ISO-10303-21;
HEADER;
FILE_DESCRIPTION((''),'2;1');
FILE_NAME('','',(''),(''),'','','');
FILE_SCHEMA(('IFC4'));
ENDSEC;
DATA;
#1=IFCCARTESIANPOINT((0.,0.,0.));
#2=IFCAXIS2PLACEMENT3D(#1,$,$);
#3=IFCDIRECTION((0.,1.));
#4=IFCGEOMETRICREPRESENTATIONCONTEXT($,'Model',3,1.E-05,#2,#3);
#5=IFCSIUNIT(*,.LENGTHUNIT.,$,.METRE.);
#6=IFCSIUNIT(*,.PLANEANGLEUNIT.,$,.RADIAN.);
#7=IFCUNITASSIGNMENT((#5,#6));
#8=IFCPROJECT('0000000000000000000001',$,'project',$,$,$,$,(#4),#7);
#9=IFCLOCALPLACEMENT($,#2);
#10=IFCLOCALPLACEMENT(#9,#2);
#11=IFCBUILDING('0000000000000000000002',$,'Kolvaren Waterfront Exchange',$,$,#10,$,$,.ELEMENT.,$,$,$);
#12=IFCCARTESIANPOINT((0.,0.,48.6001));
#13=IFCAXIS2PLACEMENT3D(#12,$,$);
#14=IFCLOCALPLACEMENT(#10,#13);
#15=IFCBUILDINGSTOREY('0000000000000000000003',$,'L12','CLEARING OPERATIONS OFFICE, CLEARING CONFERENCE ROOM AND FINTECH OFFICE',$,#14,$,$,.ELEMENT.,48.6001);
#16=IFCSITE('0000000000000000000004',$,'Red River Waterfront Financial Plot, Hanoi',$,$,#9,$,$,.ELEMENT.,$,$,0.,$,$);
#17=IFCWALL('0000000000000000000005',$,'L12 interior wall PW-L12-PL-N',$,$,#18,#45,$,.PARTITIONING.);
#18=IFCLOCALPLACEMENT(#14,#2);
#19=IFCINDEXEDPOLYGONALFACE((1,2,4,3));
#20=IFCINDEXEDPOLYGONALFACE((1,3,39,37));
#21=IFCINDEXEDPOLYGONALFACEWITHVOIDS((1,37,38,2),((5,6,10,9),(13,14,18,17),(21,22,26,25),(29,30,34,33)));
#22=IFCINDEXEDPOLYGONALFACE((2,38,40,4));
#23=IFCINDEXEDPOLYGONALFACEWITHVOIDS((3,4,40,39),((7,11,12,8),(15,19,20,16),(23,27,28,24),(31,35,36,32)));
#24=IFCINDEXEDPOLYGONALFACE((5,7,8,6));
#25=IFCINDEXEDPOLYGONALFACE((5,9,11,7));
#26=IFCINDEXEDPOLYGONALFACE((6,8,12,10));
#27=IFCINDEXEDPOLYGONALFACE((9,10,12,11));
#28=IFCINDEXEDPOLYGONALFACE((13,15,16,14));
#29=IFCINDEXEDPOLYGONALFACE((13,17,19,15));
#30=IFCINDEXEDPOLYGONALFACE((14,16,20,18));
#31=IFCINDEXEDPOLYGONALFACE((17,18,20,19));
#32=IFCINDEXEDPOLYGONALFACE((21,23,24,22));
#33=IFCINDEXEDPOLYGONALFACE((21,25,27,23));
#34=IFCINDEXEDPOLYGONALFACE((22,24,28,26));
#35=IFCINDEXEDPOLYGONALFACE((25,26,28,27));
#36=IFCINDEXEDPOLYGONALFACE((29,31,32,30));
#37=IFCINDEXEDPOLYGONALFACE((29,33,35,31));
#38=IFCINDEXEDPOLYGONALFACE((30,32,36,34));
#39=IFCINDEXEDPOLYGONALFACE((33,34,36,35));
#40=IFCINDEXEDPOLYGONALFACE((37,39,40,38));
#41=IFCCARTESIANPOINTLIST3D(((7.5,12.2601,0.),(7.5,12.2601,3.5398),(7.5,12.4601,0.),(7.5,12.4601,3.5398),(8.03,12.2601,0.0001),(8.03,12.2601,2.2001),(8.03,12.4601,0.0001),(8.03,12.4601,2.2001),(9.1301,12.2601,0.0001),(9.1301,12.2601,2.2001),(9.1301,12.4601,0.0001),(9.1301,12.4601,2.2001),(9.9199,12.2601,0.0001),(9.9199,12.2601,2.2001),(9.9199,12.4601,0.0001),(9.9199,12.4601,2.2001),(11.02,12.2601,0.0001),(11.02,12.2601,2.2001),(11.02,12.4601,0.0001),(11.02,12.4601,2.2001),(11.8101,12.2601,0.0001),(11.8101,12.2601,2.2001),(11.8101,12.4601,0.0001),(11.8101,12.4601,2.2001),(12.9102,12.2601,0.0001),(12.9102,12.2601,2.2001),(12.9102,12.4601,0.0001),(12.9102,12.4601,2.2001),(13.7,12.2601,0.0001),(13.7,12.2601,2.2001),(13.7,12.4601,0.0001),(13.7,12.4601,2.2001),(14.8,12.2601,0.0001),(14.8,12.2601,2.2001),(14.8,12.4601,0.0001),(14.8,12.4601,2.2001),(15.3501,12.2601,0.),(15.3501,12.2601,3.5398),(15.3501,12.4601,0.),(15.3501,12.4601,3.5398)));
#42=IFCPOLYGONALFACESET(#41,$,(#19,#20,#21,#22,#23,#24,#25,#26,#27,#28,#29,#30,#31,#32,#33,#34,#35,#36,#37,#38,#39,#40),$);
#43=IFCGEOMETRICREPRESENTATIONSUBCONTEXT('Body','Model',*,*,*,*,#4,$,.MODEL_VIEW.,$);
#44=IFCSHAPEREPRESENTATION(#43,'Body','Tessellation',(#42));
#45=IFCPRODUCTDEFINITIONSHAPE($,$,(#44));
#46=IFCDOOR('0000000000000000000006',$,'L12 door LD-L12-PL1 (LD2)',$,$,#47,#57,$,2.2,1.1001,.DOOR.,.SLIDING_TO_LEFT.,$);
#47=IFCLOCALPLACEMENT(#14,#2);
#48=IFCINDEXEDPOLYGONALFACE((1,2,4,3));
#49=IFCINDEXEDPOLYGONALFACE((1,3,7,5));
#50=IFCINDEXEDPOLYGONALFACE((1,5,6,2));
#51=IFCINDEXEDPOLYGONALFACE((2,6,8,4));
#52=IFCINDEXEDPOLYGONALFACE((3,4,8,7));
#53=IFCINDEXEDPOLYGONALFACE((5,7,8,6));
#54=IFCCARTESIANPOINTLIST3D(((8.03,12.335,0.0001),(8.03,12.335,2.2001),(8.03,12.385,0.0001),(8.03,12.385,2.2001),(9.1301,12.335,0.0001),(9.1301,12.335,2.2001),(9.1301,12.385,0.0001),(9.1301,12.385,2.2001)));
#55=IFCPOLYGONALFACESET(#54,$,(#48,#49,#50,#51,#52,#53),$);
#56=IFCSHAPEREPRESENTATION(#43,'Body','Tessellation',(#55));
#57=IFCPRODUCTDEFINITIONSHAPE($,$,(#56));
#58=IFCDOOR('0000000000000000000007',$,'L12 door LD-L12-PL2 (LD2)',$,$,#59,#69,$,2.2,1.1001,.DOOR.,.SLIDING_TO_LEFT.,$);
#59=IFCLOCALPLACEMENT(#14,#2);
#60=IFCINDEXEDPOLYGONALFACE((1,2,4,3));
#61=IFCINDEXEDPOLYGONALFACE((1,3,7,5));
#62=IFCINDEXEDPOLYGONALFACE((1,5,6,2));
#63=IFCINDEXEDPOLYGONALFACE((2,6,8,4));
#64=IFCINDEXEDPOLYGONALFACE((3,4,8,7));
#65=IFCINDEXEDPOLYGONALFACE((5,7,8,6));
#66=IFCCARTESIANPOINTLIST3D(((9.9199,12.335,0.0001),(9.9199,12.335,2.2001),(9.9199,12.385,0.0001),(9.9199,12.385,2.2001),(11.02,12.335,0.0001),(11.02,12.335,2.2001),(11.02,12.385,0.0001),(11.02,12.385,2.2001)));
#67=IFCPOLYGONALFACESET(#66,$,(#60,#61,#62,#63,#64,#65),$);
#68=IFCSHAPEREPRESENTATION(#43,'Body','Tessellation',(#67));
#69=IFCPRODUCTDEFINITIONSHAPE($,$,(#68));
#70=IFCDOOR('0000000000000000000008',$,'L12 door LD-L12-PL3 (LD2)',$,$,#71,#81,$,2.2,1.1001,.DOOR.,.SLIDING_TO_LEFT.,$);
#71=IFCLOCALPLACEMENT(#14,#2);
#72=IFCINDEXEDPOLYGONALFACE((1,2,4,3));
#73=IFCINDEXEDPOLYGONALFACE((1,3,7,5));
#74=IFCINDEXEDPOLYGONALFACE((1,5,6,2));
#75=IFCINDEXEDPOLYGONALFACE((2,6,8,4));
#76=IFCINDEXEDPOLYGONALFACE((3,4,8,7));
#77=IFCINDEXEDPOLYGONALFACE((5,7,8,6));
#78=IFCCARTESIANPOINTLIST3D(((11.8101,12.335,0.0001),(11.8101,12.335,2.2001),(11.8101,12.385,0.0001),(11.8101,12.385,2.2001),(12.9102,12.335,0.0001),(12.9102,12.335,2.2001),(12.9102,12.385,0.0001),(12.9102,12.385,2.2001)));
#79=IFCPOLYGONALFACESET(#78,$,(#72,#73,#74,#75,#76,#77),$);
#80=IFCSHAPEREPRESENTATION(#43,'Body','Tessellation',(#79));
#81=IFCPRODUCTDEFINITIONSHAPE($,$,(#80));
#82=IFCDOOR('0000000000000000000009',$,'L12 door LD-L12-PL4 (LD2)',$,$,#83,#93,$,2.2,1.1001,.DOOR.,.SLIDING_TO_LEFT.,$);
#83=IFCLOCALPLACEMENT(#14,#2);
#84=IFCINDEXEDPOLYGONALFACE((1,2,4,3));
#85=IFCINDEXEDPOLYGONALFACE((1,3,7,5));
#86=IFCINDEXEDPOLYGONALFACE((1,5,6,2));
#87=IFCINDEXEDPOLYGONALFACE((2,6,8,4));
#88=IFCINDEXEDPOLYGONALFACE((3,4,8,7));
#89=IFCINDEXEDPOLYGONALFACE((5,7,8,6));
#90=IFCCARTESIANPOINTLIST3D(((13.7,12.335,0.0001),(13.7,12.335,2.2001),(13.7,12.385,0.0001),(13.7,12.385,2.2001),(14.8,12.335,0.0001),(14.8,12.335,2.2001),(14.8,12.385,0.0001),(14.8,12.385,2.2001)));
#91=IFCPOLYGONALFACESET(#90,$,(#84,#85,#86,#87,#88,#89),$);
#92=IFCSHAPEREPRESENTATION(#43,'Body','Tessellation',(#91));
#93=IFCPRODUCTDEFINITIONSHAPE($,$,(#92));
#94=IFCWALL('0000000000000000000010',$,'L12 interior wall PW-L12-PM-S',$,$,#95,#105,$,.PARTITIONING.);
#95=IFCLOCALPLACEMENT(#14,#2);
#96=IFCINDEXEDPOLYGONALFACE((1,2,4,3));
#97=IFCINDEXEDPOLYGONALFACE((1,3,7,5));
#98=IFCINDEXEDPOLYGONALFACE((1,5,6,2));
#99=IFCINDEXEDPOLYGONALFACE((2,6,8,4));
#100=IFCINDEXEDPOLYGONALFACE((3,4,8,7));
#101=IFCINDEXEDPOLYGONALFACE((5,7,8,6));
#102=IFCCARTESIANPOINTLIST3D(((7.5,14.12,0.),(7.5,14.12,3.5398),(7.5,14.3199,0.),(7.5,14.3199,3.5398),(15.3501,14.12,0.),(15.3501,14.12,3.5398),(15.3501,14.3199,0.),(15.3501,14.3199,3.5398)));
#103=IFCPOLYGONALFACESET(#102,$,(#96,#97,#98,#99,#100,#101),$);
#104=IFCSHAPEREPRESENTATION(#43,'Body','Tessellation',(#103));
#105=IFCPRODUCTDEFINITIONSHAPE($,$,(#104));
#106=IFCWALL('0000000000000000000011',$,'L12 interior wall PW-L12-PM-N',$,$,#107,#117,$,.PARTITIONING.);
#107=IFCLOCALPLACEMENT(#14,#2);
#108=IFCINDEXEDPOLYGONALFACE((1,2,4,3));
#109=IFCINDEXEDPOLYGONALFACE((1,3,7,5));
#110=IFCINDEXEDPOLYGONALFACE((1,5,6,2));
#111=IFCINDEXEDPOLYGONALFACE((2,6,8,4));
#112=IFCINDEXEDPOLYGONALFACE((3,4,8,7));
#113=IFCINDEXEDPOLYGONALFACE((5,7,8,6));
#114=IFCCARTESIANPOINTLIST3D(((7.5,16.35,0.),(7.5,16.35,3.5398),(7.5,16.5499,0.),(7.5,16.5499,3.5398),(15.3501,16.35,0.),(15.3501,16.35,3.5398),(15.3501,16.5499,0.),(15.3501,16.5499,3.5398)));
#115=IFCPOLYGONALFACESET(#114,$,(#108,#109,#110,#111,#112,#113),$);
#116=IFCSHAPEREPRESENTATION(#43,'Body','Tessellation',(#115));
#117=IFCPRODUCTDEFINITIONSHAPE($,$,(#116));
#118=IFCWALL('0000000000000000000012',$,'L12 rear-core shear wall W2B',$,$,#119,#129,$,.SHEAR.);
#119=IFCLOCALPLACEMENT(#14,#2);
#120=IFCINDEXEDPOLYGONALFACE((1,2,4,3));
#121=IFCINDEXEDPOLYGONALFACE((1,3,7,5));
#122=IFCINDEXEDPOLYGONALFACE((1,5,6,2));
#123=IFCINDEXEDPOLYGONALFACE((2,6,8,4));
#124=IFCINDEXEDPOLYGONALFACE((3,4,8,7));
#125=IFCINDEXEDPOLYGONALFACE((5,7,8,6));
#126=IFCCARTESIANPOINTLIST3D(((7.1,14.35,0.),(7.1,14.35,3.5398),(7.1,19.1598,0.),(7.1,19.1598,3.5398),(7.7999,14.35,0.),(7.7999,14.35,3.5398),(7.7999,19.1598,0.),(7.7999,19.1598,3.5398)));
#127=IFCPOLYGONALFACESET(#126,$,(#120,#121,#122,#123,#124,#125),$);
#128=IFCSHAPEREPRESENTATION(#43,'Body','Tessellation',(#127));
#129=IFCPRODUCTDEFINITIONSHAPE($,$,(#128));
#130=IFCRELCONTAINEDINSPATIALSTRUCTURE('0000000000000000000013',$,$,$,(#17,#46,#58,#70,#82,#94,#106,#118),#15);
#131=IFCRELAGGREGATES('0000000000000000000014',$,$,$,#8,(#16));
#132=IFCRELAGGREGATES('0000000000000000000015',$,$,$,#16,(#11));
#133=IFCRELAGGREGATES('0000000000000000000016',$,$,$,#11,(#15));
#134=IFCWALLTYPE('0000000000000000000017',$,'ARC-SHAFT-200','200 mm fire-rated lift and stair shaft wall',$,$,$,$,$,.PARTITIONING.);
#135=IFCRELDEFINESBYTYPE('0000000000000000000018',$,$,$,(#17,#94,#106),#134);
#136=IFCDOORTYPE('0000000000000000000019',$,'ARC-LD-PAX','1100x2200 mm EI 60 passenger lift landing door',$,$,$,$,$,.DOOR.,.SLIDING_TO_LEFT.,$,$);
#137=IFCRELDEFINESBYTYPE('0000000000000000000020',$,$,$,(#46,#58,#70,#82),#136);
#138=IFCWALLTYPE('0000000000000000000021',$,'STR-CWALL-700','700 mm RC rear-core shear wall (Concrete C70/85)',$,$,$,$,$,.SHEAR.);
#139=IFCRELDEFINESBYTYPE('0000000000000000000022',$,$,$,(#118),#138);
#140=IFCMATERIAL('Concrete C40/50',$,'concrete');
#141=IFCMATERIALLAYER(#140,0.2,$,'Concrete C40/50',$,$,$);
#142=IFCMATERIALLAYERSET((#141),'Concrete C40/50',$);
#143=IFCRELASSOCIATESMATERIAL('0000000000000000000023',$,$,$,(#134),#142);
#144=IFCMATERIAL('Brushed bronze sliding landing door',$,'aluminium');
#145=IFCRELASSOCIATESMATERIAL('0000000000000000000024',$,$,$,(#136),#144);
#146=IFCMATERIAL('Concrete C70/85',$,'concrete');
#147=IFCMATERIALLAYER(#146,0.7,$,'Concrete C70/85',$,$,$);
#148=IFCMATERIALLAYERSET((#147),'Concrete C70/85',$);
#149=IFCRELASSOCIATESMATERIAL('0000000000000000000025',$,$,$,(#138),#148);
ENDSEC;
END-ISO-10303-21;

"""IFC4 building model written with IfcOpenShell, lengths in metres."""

from ifc_helpers import new_model, si_unit, direction, frame, frame_2d, origin, place, context, subcontext, project, spatial, rectangle, extrude, material, layer, layer_set, type_object, element, fill, save


model = new_model("IFC4")

# Units and contexts
model_context = context("Model", 3, precision=1e-05, world=origin(), true_north=direction((0.0, 1.0)))
body_context = subcontext(model_context, "Body", "Model", "MODEL_VIEW")
ifc_project = project(units=[si_unit("LENGTHUNIT", "METRE"), si_unit("PLANEANGLEUNIT", "RADIAN")], contexts=[model_context])

# Site, building, storey
site_placement = place(None, origin())
site = spatial("IfcSite", under=ifc_project, at=site_placement, Name="Red River Waterfront Financial Plot, Hanoi", CompositionType="ELEMENT", RefElevation=0.0)
building_placement = place(site_placement, origin())
building = spatial("IfcBuilding", under=site, at=building_placement, Name="Kolvaren Waterfront Exchange", CompositionType="ELEMENT")
storey_placement = place(building_placement, frame((0.0, 0.0, 48.6001)))
storey = spatial("IfcBuildingStorey", under=building, at=storey_placement, Name="L12", Description="CLEARING OPERATIONS OFFICE, CLEARING CONFERENCE ROOM AND FINTECH OFFICE", CompositionType="ELEMENT", Elevation=48.6001)

# Wall, openings, doors
ifc_material_1 = material(Name="Concrete C40/50", Category="concrete")
ifc_layer_1 = layer(ifc_material_1, 0.2, Name="Concrete C40/50")
ifc_layer_set_1 = layer_set([ifc_layer_1], Name="Concrete C40/50")
wall_type_1 = type_object("IfcWallType", Name="ARC-SHAFT-200", Description="200 mm fire-rated lift and stair shaft wall", PredefinedType="PARTITIONING", material=ifc_layer_set_1)
wall_1_placement = place(storey_placement, frame((7.5, 12.3601, 0.0), z_axis=(0.0, 0.0, 1.0), x_axis=(1.0, 0.0, 0.0)))
wall_1 = element("IfcWall", 1, at=wall_1_placement, inside=storey, type_object=wall_type_1, Name="L12 interior wall PW-L12-PL-N", PredefinedType="PARTITIONING", context=body_context, shape_type="SweptSolid", body=[
    extrude(rectangle(XDim=7.8501, YDim=0.2, at=frame_2d((3.925, 0.0))), origin(), (0.0, 0.0, 1.0), 3.5398),
])
opening_1_placement = place(wall_1_placement, frame((0.53, 0.0, 0.0)))
opening_1 = element("IfcOpeningElement", 2, at=opening_1_placement, cuts=wall_1, PredefinedType="OPENING", context=body_context, shape_type="SweptSolid", body=[
    extrude(rectangle(XDim=1.1001, YDim=2.2, at=frame_2d((0.55, 1.1001))), frame((0.0, 0.1099, 0.0), z_axis=(0.0, -1.0, 0.0), x_axis=(1.0, 0.0, 0.0)), (0.0, 0.0, 1.0), 0.22),
])
opening_2_placement = place(wall_1_placement, frame((2.4199, 0.0, 0.0)))
opening_2 = element("IfcOpeningElement", 3, at=opening_2_placement, cuts=wall_1, PredefinedType="OPENING", context=body_context, shape_type="SweptSolid", body=[
    extrude(rectangle(XDim=1.1001, YDim=2.2, at=frame_2d((0.55, 1.1001))), frame((0.0, 0.1099, 0.0), z_axis=(0.0, -1.0, 0.0), x_axis=(1.0, 0.0, 0.0)), (0.0, 0.0, 1.0), 0.22),
])
opening_3_placement = place(wall_1_placement, frame((4.3101, 0.0, 0.0)))
opening_3 = element("IfcOpeningElement", 4, at=opening_3_placement, cuts=wall_1, PredefinedType="OPENING", context=body_context, shape_type="SweptSolid", body=[
    extrude(rectangle(XDim=1.1001, YDim=2.2, at=frame_2d((0.55, 1.1001))), frame((0.0, 0.1099, 0.0), z_axis=(0.0, -1.0, 0.0), x_axis=(1.0, 0.0, 0.0)), (0.0, 0.0, 1.0), 0.22),
])
opening_4_placement = place(wall_1_placement, frame((6.2, 0.0, 0.0)))
opening_4 = element("IfcOpeningElement", 5, at=opening_4_placement, cuts=wall_1, PredefinedType="OPENING", context=body_context, shape_type="SweptSolid", body=[
    extrude(rectangle(XDim=1.1001, YDim=2.2, at=frame_2d((0.55, 1.1001))), frame((0.0, 0.1099, 0.0), z_axis=(0.0, -1.0, 0.0), x_axis=(1.0, 0.0, 0.0)), (0.0, 0.0, 1.0), 0.22),
])
ifc_material_2 = material(Name="Brushed bronze sliding landing door", Category="aluminium")
door_type = type_object("IfcDoorType", Name="ARC-LD-PAX", Description="1100x2200 mm EI 60 passenger lift landing door", OperationType="SLIDING_TO_LEFT", PredefinedType="DOOR", material=ifc_material_2)
door_1_placement = place(opening_1_placement, origin())
door_1 = element("IfcDoor", 6, at=door_1_placement, inside=storey, type_object=door_type, Name="L12 door LD-L12-PL1 (LD2)", OperationType="SLIDING_TO_LEFT", OverallHeight=2.2, OverallWidth=1.1001, PredefinedType="DOOR", context=body_context, shape_type="SweptSolid", body=[
    extrude(rectangle(XDim=1.1001, YDim=2.2, at=frame_2d((0.55, 1.1001))), frame((0.0, 0.0249, 0.0), z_axis=(0.0, -1.0, 0.0), x_axis=(1.0, 0.0, 0.0)), (0.0, 0.0, 1.0), 0.05),
])
fill(opening_1, door_1)
door_2_placement = place(opening_2_placement, origin())
door_2 = element("IfcDoor", 7, at=door_2_placement, inside=storey, type_object=door_type, Name="L12 door LD-L12-PL2 (LD2)", OperationType="SLIDING_TO_LEFT", OverallHeight=2.2, OverallWidth=1.1001, PredefinedType="DOOR", context=body_context, shape_type="SweptSolid", body=[
    extrude(rectangle(XDim=1.1001, YDim=2.2, at=frame_2d((0.55, 1.1001))), frame((0.0, 0.0249, 0.0), z_axis=(0.0, -1.0, 0.0), x_axis=(1.0, 0.0, 0.0)), (0.0, 0.0, 1.0), 0.05),
])
fill(opening_2, door_2)
door_3_placement = place(opening_3_placement, origin())
door_3 = element("IfcDoor", 8, at=door_3_placement, inside=storey, type_object=door_type, Name="L12 door LD-L12-PL3 (LD2)", OperationType="SLIDING_TO_LEFT", OverallHeight=2.2, OverallWidth=1.1001, PredefinedType="DOOR", context=body_context, shape_type="SweptSolid", body=[
    extrude(rectangle(XDim=1.1001, YDim=2.2, at=frame_2d((0.55, 1.1001))), frame((0.0, 0.0249, 0.0), z_axis=(0.0, -1.0, 0.0), x_axis=(1.0, 0.0, 0.0)), (0.0, 0.0, 1.0), 0.05),
])
fill(opening_3, door_3)
door_4_placement = place(opening_4_placement, origin())
door_4 = element("IfcDoor", 9, at=door_4_placement, inside=storey, type_object=door_type, Name="L12 door LD-L12-PL4 (LD2)", OperationType="SLIDING_TO_LEFT", OverallHeight=2.2, OverallWidth=1.1001, PredefinedType="DOOR", context=body_context, shape_type="SweptSolid", body=[
    extrude(rectangle(XDim=1.1001, YDim=2.2, at=frame_2d((0.55, 1.1001))), frame((0.0, 0.0249, 0.0), z_axis=(0.0, -1.0, 0.0), x_axis=(1.0, 0.0, 0.0)), (0.0, 0.0, 1.0), 0.05),
])
fill(opening_4, door_4)

# Walls
for number, where, z_axis, x_axis, name in (
    (10, (7.5, 14.22, 0.0), (0.0, 0.0, 1.0), (1.0, 0.0, 0.0), "L12 interior wall PW-L12-PM-S"),
    (11, (7.5, 16.45, 0.0), (0.0, 0.0, 1.0), (1.0, 0.0, 0.0), "L12 interior wall PW-L12-PM-N"),
):
    element("IfcWall", number, at=place(storey_placement, frame(where, z_axis=z_axis, x_axis=x_axis)), inside=storey, type_object=wall_type_1, Name=name, PredefinedType="PARTITIONING", context=body_context, shape_type="SweptSolid", body=[
        extrude(rectangle(XDim=7.8501, YDim=0.2, at=frame_2d((3.925, 0.0))), origin(), (0.0, 0.0, 1.0), 3.5398),
    ])
ifc_material_3 = material(Name="Concrete C70/85", Category="concrete")
ifc_layer_2 = layer(ifc_material_3, 0.7, Name="Concrete C70/85")
ifc_layer_set_2 = layer_set([ifc_layer_2], Name="Concrete C70/85")
wall_type_2 = type_object("IfcWallType", Name="STR-CWALL-700", Description="700 mm RC rear-core shear wall (Concrete C70/85)", PredefinedType="SHEAR", material=ifc_layer_set_2)
wall_2_placement = place(storey_placement, frame((7.45, 14.3501, 0.0), z_axis=(0.0, 0.0, 1.0), x_axis=(0.0, 1.0, 0.0)))
element("IfcWall", 12, at=wall_2_placement, inside=storey, type_object=wall_type_2, Name="L12 rear-core shear wall W2B", PredefinedType="SHEAR", context=body_context, shape_type="SweptSolid", body=[
    extrude(rectangle(XDim=4.8098, YDim=0.7, at=frame_2d((2.4048, 0.0))), origin(), (0.0, 0.0, 1.0), 3.5398),
])

save(model, "model.ifc")
